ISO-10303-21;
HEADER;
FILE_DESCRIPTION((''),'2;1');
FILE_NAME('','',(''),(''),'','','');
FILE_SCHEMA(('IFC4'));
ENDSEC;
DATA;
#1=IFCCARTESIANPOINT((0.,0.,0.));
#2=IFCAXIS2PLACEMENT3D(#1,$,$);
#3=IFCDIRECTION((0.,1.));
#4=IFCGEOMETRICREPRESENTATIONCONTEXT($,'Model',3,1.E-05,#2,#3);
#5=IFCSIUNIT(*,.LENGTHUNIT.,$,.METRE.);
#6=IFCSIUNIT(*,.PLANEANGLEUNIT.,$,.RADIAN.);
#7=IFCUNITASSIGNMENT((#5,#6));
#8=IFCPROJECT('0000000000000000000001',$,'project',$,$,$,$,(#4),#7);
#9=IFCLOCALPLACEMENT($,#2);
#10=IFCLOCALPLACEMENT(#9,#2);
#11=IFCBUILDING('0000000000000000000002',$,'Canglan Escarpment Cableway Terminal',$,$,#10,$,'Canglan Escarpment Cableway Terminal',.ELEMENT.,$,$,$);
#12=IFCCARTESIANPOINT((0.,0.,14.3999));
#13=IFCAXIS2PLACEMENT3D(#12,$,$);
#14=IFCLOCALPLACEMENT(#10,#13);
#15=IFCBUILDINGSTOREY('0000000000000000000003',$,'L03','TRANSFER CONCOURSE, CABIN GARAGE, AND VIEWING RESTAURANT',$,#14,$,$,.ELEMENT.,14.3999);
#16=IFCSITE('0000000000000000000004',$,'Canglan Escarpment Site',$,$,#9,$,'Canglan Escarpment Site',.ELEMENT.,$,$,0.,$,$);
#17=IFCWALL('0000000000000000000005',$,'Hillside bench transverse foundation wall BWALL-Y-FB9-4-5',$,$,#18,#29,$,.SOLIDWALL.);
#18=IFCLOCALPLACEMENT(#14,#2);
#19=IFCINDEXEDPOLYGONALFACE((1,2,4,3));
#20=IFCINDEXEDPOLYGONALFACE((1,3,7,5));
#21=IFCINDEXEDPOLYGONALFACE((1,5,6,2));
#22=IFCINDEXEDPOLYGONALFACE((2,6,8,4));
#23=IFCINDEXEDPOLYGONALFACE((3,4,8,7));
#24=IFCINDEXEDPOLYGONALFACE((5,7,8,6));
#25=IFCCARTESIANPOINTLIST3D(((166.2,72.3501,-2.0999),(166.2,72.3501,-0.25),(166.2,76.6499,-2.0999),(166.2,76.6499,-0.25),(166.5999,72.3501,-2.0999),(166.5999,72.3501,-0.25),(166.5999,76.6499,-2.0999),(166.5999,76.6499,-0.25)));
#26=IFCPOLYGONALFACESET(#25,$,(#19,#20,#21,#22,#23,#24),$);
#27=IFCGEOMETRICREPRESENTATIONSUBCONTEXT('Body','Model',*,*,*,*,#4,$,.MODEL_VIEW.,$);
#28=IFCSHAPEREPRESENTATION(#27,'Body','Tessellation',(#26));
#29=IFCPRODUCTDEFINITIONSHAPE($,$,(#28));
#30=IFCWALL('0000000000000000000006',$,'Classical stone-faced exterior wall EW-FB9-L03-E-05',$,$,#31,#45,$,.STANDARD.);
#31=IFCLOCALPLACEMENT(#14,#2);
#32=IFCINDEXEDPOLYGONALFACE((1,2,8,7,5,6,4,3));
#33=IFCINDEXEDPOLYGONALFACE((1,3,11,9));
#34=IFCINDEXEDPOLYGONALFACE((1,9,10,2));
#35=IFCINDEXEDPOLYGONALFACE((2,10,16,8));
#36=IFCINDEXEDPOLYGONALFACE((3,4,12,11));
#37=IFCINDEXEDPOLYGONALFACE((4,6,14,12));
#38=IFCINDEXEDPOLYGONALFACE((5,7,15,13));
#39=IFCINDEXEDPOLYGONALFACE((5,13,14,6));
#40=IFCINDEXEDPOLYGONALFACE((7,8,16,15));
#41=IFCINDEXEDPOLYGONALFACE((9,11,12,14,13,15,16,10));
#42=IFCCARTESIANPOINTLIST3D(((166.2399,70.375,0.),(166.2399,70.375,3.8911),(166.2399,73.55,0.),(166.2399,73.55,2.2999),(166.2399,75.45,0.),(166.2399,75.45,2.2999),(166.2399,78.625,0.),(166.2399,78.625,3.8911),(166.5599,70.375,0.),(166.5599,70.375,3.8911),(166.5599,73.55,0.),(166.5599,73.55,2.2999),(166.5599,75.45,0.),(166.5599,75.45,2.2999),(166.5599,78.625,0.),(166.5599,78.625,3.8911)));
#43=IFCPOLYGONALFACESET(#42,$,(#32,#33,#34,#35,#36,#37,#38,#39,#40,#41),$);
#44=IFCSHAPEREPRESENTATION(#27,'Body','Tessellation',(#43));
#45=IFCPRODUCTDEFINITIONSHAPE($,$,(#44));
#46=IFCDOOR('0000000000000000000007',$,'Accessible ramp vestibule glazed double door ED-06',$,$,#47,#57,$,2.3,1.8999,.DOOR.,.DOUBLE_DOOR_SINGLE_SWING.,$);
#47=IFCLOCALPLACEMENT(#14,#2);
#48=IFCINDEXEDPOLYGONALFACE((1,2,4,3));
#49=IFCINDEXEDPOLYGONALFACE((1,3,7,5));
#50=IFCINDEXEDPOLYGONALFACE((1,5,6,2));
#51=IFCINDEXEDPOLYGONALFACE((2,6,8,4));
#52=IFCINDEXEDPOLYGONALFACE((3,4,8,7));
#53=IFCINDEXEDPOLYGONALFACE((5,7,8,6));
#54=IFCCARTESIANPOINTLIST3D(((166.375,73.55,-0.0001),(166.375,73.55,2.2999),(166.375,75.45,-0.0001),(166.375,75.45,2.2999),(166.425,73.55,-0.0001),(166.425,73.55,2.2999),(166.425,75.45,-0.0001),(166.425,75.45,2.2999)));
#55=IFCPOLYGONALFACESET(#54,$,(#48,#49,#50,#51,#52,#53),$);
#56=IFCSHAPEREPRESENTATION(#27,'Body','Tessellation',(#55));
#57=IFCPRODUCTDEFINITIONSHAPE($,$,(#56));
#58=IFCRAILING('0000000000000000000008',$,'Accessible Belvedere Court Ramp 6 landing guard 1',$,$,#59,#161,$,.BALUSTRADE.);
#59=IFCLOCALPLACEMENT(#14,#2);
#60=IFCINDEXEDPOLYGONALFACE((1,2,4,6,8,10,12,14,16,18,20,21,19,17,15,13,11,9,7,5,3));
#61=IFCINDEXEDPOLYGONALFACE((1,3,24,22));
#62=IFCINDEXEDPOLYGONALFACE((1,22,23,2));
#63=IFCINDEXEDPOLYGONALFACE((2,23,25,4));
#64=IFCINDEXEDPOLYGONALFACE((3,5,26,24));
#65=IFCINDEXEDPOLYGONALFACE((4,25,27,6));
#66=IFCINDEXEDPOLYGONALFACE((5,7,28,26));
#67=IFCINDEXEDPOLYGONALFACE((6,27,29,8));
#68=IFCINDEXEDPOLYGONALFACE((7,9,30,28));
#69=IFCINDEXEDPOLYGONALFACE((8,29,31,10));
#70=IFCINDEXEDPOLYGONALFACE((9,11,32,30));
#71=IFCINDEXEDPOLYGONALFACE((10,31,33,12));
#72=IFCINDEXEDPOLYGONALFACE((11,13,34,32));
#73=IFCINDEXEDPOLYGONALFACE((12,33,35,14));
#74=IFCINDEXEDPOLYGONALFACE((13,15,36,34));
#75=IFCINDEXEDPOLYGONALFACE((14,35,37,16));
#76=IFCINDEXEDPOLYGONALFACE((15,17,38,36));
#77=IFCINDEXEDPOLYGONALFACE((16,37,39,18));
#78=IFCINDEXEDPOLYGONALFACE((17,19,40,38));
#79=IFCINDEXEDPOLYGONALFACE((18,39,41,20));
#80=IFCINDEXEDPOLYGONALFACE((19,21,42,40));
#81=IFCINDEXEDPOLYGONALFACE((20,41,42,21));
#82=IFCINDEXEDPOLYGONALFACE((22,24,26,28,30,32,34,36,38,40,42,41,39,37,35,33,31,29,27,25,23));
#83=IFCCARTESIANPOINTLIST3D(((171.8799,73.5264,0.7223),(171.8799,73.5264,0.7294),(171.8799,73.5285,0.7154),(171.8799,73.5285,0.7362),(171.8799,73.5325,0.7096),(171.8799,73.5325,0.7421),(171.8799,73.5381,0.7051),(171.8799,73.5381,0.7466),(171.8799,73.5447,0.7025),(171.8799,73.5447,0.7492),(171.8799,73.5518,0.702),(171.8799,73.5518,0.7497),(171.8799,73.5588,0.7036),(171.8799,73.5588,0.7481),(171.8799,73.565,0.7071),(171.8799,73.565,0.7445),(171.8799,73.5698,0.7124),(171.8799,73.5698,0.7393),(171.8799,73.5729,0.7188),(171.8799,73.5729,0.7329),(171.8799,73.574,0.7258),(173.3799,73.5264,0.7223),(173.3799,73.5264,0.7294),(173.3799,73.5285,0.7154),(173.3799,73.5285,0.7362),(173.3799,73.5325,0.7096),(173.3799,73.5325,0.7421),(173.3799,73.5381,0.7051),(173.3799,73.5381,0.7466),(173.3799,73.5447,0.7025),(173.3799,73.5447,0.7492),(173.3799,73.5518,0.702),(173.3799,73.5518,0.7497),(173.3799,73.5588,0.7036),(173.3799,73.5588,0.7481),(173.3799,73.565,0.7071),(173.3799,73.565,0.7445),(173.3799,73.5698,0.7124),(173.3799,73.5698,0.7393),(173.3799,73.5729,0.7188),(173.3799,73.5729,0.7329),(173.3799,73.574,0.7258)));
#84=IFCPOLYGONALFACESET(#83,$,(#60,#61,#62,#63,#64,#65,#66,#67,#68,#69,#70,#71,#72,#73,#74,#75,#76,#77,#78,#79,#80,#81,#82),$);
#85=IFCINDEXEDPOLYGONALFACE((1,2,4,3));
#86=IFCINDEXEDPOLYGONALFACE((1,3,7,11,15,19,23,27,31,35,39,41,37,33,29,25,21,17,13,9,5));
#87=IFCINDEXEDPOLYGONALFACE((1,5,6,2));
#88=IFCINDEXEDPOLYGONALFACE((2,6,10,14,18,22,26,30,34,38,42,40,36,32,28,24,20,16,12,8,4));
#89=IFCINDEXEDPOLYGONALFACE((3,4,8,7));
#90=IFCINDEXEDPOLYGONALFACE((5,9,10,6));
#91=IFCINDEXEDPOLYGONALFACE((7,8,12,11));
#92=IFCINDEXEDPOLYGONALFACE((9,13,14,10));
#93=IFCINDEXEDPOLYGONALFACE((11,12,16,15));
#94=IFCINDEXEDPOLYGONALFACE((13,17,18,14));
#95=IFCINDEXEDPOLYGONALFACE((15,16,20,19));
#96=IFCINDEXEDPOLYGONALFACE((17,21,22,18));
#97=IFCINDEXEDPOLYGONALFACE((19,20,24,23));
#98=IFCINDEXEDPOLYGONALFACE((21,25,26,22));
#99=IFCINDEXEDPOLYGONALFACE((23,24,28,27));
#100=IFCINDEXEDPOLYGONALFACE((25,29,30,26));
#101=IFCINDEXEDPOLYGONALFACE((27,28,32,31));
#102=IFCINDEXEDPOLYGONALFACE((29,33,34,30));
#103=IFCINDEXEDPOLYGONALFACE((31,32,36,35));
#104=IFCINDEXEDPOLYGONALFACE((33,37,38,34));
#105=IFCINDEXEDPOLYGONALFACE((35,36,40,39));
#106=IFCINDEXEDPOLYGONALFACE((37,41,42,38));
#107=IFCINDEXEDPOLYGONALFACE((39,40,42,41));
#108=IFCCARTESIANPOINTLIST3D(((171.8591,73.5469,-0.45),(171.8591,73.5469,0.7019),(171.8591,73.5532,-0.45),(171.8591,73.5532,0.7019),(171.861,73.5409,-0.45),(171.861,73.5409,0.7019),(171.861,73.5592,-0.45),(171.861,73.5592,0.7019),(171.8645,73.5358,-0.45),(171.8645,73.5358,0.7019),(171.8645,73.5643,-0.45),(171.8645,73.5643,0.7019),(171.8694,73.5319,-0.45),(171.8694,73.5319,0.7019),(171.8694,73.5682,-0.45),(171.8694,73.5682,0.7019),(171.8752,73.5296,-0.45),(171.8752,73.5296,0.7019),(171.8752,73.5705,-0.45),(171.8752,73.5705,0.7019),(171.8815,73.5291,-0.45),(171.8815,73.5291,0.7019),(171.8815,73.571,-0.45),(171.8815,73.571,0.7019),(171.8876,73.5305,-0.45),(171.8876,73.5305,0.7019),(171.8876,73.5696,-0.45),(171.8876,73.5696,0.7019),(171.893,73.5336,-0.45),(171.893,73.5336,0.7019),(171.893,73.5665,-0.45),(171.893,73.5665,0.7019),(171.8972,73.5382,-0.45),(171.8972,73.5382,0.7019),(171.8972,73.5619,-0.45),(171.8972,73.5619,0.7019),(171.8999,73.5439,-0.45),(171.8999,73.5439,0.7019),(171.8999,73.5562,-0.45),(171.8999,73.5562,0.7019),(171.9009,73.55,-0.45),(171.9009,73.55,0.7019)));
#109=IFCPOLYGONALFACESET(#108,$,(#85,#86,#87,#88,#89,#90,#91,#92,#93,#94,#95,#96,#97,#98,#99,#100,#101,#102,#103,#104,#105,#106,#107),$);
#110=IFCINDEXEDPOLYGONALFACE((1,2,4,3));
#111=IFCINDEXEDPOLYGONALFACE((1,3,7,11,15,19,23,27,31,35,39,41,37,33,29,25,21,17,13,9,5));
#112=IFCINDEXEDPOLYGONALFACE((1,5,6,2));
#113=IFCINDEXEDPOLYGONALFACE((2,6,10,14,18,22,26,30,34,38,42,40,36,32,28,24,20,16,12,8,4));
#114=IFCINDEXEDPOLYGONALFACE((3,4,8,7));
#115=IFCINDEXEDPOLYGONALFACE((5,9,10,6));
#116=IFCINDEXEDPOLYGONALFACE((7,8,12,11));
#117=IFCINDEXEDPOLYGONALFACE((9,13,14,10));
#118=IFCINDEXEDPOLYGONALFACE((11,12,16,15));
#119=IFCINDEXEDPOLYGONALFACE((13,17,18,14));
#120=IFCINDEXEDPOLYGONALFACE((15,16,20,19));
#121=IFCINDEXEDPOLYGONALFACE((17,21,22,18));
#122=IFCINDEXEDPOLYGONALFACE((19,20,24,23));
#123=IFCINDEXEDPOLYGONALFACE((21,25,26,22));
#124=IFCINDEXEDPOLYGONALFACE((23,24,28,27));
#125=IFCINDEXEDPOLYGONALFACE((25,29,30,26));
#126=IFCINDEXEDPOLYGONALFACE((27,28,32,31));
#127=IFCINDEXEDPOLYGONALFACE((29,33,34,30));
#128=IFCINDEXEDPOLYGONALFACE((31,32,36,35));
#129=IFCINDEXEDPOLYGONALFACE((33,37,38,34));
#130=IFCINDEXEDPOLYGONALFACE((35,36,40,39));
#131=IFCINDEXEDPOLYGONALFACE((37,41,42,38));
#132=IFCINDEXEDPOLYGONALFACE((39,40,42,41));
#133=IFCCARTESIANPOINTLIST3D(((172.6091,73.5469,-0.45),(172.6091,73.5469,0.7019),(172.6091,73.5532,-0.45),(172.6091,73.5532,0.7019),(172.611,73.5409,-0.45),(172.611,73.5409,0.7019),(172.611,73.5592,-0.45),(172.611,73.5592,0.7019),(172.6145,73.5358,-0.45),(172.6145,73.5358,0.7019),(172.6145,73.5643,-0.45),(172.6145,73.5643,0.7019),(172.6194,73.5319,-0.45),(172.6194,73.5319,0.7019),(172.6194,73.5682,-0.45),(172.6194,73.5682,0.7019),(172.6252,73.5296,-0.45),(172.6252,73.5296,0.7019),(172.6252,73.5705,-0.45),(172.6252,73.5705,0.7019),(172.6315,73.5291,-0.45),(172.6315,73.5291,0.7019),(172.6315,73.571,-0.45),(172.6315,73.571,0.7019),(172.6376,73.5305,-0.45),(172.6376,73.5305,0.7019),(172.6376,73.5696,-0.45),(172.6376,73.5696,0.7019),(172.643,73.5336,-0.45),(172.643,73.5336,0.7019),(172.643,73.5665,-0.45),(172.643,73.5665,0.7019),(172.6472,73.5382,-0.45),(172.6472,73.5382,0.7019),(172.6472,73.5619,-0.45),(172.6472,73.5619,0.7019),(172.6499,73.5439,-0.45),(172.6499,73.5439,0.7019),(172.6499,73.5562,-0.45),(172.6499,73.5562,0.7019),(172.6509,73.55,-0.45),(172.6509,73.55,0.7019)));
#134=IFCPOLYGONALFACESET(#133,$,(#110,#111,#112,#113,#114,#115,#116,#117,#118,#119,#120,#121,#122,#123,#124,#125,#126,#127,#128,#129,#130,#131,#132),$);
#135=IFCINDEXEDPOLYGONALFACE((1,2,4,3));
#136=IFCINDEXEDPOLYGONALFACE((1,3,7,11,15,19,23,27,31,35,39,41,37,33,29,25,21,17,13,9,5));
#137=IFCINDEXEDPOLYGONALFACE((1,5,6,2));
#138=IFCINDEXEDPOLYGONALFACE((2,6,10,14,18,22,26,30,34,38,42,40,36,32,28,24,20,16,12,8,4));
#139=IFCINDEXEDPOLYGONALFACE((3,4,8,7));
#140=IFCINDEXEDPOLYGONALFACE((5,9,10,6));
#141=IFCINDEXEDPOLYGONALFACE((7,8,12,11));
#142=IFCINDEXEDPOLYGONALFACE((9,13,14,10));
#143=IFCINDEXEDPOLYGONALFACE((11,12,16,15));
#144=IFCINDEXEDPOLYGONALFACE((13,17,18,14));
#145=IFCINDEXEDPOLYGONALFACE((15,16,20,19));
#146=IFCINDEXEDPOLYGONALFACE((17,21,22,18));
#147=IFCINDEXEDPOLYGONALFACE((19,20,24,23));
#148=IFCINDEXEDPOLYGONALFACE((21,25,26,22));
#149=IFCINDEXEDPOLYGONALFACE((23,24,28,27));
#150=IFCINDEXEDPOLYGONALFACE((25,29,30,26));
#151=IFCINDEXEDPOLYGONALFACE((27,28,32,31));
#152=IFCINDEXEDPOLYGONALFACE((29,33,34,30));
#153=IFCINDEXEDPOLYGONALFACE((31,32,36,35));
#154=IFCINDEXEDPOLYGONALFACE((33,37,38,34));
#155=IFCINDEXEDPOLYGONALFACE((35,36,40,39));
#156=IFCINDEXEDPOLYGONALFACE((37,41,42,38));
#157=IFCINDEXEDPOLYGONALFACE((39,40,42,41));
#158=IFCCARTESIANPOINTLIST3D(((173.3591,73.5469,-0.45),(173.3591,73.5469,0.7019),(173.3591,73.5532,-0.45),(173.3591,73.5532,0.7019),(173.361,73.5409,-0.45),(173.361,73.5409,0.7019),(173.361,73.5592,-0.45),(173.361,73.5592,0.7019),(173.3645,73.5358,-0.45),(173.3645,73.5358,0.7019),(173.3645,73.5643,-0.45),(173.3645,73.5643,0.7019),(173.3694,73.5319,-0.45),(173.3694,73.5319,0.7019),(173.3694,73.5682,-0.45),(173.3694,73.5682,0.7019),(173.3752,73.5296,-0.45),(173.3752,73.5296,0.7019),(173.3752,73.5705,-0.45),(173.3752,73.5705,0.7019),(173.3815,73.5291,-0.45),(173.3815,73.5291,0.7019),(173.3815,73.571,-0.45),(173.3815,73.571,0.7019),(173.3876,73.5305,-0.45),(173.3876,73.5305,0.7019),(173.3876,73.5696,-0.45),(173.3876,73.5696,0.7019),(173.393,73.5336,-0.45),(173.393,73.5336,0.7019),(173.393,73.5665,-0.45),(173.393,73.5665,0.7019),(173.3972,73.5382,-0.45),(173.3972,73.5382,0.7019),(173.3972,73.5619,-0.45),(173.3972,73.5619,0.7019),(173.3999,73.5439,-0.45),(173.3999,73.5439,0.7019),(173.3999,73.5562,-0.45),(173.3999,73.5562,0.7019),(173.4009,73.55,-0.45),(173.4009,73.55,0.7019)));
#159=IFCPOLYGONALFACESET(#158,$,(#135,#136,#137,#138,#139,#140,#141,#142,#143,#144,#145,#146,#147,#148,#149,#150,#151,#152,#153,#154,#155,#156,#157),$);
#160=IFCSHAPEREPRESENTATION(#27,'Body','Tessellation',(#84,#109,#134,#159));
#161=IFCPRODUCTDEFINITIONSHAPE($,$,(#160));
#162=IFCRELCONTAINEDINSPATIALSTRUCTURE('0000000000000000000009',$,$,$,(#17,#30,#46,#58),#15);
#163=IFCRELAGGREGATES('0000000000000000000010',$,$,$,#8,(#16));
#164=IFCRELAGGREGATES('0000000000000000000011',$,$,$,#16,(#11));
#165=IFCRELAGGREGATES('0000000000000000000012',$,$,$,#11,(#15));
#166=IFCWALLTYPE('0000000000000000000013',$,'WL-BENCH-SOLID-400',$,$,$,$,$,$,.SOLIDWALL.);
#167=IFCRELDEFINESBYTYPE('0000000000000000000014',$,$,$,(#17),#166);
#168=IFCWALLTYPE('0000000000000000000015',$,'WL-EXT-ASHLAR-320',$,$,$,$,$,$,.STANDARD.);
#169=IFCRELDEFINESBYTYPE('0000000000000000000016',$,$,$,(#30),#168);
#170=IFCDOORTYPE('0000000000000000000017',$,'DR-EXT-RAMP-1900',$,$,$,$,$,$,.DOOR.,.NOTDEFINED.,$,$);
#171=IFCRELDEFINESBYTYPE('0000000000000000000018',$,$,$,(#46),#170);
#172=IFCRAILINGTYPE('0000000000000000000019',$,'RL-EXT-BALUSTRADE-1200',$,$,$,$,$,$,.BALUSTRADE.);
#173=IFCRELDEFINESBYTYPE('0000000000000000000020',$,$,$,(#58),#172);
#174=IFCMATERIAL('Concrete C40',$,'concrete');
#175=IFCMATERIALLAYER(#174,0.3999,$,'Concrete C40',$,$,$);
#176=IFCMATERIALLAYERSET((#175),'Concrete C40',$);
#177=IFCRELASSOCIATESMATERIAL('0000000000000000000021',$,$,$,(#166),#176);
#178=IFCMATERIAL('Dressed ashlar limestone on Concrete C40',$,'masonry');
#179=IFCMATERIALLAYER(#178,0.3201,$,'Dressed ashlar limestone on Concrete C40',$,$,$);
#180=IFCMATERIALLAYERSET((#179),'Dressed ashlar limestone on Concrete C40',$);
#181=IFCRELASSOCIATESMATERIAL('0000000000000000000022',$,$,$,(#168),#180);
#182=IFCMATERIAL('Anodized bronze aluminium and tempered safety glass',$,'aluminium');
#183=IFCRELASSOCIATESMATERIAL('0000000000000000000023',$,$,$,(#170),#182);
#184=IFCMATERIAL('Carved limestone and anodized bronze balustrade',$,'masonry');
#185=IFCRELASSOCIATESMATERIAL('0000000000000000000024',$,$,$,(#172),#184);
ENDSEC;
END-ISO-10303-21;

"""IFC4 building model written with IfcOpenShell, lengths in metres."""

from ifc_helpers import new_model, si_unit, direction, frame, frame_2d, origin, origin_2d, place, context, subcontext, project, spatial, rectangle, circle, extrude, material, layer, layer_set, type_object, element, fill, save


model = new_model("IFC4")

# Units and contexts
model_context = context("Model", 3, precision=1e-05, world=origin(), true_north=direction((0.0, 1.0)))
body_context = subcontext(model_context, "Body", "Model", "MODEL_VIEW")
ifc_project = project(units=[si_unit("LENGTHUNIT", "METRE"), si_unit("PLANEANGLEUNIT", "RADIAN")], contexts=[model_context])

# Site, building, storey
site_placement = place(None, origin())
site = spatial("IfcSite", under=ifc_project, at=site_placement, Name="Canglan Escarpment Site", LongName="Canglan Escarpment Site", CompositionType="ELEMENT", RefElevation=0.0)
building_placement = place(site_placement, origin())
building = spatial("IfcBuilding", under=site, at=building_placement, Name="Canglan Escarpment Cableway Terminal", LongName="Canglan Escarpment Cableway Terminal", CompositionType="ELEMENT")
storey_placement = place(building_placement, frame((0.0, 0.0, 14.3999)))
storey = spatial("IfcBuildingStorey", under=building, at=storey_placement, Name="L03", Description="TRANSFER CONCOURSE, CABIN GARAGE, AND VIEWING RESTAURANT", CompositionType="ELEMENT", Elevation=14.3999)

# Shared definitions
ifc_material_1 = material(Name="Concrete C40", Category="concrete")

# Wall
ifc_layer_1 = layer(ifc_material_1, 0.3999, Name="Concrete C40")
ifc_layer_set_1 = layer_set([ifc_layer_1], Name="Concrete C40")
wall_type_1 = type_object("IfcWallType", Name="WL-BENCH-SOLID-400", PredefinedType="SOLIDWALL", material=ifc_layer_set_1)
wall_1_placement = place(storey_placement, frame((166.3999, 72.3501, -2.0999), z_axis=(0.0, 0.0, 1.0), x_axis=(0.0, 1.0, 0.0)))
element("IfcWall", 1, at=wall_1_placement, inside=storey, type_object=wall_type_1, Name="Hillside bench transverse foundation wall BWALL-Y-FB9-4-5", PredefinedType="SOLIDWALL", context=body_context, shape_type="SweptSolid", body=[
    extrude(rectangle(XDim=4.2998, YDim=0.3999, at=frame_2d((2.1499, 0.0))), origin(), (0.0, 0.0, 1.0), 1.8499),
])

# Wall, opening, door
ifc_material_2 = material(Name="Dressed ashlar limestone on Concrete C40", Category="masonry")
ifc_layer_2 = layer(ifc_material_2, 0.3201, Name="Dressed ashlar limestone on Concrete C40")
ifc_layer_set_2 = layer_set([ifc_layer_2], Name="Dressed ashlar limestone on Concrete C40")
wall_type_2 = type_object("IfcWallType", Name="WL-EXT-ASHLAR-320", PredefinedType="STANDARD", material=ifc_layer_set_2)
wall_2_placement = place(storey_placement, frame((166.3999, 70.375, 0.0), z_axis=(0.0, 0.0, 1.0), x_axis=(0.0, 1.0, 0.0)))
wall_2 = element("IfcWall", 2, at=wall_2_placement, inside=storey, type_object=wall_type_2, Name="Classical stone-faced exterior wall EW-FB9-L03-E-05", PredefinedType="STANDARD", context=body_context, shape_type="SweptSolid", body=[
    extrude(rectangle(XDim=8.25, YDim=0.3201, at=frame_2d((4.125, 0.0))), origin(), (0.0, 0.0, 1.0), 3.8911),
])
opening_placement = place(wall_2_placement, frame((3.175, 0.0, 0.0)))
opening = element("IfcOpeningElement", 3, at=opening_placement, cuts=wall_2, PredefinedType="OPENING", context=body_context, shape_type="SweptSolid", body=[
    extrude(rectangle(XDim=1.8999, YDim=2.3, at=frame_2d((0.95, 1.1499))), frame((0.0, 0.1699, 0.0), z_axis=(0.0, -1.0, 0.0), x_axis=(1.0, 0.0, 0.0)), (0.0, 0.0, 1.0), 0.3401),
])
ifc_material_3 = material(Name="Anodized bronze aluminium and tempered safety glass", Category="aluminium")
door_type = type_object("IfcDoorType", Name="DR-EXT-RAMP-1900", OperationType="NOTDEFINED", PredefinedType="DOOR", material=ifc_material_3)
door_placement = place(opening_placement, origin())
door = element("IfcDoor", 4, at=door_placement, inside=storey, type_object=door_type, Name="Accessible ramp vestibule glazed double door ED-06", OperationType="DOUBLE_DOOR_SINGLE_SWING", OverallHeight=2.3, OverallWidth=1.8999, PredefinedType="DOOR", context=body_context, shape_type="SweptSolid", body=[
    extrude(rectangle(XDim=1.8999, YDim=2.3, at=frame_2d((0.95, 1.1499))), frame((0.0, 0.0249, 0.0), z_axis=(0.0, -1.0, 0.0), x_axis=(1.0, 0.0, 0.0)), (0.0, 0.0, 1.0), 0.05),
])
fill(opening, door)

# Railing
ifc_material_4 = material(Name="Carved limestone and anodized bronze balustrade", Category="masonry")
railing_type = type_object("IfcRailingType", Name="RL-EXT-BALUSTRADE-1200", PredefinedType="BALUSTRADE", material=ifc_material_4)
railing_placement = place(storey_placement, frame((171.8799, 73.55, -0.45)))
element("IfcRailing", 5, at=railing_placement, inside=storey, type_object=railing_type, Name="Accessible Belvedere Court Ramp 6 landing guard 1", PredefinedType="BALUSTRADE", context=body_context, shape_type="SweptSolid", body=[
    extrude(circle(Radius=0.0239, at=origin_2d()), frame((0.0, 0.0, 1.1758), z_axis=(1.0, 0.0, 0.0), x_axis=(0.0, 1.0, 0.0)), (0.0, 0.0, 1.0), 1.5),
    extrude(circle(Radius=0.021, at=origin_2d()), origin(), (0.0, 0.0, 1.0), 1.1519),
    extrude(circle(Radius=0.021, at=origin_2d()), frame((0.75, 0.0, 0.0)), (0.0, 0.0, 1.0), 1.1519),
    extrude(circle(Radius=0.021, at=origin_2d()), frame((1.5, 0.0, 0.0)), (0.0, 0.0, 1.0), 1.1519),
])

save(model, "model.ifc")
